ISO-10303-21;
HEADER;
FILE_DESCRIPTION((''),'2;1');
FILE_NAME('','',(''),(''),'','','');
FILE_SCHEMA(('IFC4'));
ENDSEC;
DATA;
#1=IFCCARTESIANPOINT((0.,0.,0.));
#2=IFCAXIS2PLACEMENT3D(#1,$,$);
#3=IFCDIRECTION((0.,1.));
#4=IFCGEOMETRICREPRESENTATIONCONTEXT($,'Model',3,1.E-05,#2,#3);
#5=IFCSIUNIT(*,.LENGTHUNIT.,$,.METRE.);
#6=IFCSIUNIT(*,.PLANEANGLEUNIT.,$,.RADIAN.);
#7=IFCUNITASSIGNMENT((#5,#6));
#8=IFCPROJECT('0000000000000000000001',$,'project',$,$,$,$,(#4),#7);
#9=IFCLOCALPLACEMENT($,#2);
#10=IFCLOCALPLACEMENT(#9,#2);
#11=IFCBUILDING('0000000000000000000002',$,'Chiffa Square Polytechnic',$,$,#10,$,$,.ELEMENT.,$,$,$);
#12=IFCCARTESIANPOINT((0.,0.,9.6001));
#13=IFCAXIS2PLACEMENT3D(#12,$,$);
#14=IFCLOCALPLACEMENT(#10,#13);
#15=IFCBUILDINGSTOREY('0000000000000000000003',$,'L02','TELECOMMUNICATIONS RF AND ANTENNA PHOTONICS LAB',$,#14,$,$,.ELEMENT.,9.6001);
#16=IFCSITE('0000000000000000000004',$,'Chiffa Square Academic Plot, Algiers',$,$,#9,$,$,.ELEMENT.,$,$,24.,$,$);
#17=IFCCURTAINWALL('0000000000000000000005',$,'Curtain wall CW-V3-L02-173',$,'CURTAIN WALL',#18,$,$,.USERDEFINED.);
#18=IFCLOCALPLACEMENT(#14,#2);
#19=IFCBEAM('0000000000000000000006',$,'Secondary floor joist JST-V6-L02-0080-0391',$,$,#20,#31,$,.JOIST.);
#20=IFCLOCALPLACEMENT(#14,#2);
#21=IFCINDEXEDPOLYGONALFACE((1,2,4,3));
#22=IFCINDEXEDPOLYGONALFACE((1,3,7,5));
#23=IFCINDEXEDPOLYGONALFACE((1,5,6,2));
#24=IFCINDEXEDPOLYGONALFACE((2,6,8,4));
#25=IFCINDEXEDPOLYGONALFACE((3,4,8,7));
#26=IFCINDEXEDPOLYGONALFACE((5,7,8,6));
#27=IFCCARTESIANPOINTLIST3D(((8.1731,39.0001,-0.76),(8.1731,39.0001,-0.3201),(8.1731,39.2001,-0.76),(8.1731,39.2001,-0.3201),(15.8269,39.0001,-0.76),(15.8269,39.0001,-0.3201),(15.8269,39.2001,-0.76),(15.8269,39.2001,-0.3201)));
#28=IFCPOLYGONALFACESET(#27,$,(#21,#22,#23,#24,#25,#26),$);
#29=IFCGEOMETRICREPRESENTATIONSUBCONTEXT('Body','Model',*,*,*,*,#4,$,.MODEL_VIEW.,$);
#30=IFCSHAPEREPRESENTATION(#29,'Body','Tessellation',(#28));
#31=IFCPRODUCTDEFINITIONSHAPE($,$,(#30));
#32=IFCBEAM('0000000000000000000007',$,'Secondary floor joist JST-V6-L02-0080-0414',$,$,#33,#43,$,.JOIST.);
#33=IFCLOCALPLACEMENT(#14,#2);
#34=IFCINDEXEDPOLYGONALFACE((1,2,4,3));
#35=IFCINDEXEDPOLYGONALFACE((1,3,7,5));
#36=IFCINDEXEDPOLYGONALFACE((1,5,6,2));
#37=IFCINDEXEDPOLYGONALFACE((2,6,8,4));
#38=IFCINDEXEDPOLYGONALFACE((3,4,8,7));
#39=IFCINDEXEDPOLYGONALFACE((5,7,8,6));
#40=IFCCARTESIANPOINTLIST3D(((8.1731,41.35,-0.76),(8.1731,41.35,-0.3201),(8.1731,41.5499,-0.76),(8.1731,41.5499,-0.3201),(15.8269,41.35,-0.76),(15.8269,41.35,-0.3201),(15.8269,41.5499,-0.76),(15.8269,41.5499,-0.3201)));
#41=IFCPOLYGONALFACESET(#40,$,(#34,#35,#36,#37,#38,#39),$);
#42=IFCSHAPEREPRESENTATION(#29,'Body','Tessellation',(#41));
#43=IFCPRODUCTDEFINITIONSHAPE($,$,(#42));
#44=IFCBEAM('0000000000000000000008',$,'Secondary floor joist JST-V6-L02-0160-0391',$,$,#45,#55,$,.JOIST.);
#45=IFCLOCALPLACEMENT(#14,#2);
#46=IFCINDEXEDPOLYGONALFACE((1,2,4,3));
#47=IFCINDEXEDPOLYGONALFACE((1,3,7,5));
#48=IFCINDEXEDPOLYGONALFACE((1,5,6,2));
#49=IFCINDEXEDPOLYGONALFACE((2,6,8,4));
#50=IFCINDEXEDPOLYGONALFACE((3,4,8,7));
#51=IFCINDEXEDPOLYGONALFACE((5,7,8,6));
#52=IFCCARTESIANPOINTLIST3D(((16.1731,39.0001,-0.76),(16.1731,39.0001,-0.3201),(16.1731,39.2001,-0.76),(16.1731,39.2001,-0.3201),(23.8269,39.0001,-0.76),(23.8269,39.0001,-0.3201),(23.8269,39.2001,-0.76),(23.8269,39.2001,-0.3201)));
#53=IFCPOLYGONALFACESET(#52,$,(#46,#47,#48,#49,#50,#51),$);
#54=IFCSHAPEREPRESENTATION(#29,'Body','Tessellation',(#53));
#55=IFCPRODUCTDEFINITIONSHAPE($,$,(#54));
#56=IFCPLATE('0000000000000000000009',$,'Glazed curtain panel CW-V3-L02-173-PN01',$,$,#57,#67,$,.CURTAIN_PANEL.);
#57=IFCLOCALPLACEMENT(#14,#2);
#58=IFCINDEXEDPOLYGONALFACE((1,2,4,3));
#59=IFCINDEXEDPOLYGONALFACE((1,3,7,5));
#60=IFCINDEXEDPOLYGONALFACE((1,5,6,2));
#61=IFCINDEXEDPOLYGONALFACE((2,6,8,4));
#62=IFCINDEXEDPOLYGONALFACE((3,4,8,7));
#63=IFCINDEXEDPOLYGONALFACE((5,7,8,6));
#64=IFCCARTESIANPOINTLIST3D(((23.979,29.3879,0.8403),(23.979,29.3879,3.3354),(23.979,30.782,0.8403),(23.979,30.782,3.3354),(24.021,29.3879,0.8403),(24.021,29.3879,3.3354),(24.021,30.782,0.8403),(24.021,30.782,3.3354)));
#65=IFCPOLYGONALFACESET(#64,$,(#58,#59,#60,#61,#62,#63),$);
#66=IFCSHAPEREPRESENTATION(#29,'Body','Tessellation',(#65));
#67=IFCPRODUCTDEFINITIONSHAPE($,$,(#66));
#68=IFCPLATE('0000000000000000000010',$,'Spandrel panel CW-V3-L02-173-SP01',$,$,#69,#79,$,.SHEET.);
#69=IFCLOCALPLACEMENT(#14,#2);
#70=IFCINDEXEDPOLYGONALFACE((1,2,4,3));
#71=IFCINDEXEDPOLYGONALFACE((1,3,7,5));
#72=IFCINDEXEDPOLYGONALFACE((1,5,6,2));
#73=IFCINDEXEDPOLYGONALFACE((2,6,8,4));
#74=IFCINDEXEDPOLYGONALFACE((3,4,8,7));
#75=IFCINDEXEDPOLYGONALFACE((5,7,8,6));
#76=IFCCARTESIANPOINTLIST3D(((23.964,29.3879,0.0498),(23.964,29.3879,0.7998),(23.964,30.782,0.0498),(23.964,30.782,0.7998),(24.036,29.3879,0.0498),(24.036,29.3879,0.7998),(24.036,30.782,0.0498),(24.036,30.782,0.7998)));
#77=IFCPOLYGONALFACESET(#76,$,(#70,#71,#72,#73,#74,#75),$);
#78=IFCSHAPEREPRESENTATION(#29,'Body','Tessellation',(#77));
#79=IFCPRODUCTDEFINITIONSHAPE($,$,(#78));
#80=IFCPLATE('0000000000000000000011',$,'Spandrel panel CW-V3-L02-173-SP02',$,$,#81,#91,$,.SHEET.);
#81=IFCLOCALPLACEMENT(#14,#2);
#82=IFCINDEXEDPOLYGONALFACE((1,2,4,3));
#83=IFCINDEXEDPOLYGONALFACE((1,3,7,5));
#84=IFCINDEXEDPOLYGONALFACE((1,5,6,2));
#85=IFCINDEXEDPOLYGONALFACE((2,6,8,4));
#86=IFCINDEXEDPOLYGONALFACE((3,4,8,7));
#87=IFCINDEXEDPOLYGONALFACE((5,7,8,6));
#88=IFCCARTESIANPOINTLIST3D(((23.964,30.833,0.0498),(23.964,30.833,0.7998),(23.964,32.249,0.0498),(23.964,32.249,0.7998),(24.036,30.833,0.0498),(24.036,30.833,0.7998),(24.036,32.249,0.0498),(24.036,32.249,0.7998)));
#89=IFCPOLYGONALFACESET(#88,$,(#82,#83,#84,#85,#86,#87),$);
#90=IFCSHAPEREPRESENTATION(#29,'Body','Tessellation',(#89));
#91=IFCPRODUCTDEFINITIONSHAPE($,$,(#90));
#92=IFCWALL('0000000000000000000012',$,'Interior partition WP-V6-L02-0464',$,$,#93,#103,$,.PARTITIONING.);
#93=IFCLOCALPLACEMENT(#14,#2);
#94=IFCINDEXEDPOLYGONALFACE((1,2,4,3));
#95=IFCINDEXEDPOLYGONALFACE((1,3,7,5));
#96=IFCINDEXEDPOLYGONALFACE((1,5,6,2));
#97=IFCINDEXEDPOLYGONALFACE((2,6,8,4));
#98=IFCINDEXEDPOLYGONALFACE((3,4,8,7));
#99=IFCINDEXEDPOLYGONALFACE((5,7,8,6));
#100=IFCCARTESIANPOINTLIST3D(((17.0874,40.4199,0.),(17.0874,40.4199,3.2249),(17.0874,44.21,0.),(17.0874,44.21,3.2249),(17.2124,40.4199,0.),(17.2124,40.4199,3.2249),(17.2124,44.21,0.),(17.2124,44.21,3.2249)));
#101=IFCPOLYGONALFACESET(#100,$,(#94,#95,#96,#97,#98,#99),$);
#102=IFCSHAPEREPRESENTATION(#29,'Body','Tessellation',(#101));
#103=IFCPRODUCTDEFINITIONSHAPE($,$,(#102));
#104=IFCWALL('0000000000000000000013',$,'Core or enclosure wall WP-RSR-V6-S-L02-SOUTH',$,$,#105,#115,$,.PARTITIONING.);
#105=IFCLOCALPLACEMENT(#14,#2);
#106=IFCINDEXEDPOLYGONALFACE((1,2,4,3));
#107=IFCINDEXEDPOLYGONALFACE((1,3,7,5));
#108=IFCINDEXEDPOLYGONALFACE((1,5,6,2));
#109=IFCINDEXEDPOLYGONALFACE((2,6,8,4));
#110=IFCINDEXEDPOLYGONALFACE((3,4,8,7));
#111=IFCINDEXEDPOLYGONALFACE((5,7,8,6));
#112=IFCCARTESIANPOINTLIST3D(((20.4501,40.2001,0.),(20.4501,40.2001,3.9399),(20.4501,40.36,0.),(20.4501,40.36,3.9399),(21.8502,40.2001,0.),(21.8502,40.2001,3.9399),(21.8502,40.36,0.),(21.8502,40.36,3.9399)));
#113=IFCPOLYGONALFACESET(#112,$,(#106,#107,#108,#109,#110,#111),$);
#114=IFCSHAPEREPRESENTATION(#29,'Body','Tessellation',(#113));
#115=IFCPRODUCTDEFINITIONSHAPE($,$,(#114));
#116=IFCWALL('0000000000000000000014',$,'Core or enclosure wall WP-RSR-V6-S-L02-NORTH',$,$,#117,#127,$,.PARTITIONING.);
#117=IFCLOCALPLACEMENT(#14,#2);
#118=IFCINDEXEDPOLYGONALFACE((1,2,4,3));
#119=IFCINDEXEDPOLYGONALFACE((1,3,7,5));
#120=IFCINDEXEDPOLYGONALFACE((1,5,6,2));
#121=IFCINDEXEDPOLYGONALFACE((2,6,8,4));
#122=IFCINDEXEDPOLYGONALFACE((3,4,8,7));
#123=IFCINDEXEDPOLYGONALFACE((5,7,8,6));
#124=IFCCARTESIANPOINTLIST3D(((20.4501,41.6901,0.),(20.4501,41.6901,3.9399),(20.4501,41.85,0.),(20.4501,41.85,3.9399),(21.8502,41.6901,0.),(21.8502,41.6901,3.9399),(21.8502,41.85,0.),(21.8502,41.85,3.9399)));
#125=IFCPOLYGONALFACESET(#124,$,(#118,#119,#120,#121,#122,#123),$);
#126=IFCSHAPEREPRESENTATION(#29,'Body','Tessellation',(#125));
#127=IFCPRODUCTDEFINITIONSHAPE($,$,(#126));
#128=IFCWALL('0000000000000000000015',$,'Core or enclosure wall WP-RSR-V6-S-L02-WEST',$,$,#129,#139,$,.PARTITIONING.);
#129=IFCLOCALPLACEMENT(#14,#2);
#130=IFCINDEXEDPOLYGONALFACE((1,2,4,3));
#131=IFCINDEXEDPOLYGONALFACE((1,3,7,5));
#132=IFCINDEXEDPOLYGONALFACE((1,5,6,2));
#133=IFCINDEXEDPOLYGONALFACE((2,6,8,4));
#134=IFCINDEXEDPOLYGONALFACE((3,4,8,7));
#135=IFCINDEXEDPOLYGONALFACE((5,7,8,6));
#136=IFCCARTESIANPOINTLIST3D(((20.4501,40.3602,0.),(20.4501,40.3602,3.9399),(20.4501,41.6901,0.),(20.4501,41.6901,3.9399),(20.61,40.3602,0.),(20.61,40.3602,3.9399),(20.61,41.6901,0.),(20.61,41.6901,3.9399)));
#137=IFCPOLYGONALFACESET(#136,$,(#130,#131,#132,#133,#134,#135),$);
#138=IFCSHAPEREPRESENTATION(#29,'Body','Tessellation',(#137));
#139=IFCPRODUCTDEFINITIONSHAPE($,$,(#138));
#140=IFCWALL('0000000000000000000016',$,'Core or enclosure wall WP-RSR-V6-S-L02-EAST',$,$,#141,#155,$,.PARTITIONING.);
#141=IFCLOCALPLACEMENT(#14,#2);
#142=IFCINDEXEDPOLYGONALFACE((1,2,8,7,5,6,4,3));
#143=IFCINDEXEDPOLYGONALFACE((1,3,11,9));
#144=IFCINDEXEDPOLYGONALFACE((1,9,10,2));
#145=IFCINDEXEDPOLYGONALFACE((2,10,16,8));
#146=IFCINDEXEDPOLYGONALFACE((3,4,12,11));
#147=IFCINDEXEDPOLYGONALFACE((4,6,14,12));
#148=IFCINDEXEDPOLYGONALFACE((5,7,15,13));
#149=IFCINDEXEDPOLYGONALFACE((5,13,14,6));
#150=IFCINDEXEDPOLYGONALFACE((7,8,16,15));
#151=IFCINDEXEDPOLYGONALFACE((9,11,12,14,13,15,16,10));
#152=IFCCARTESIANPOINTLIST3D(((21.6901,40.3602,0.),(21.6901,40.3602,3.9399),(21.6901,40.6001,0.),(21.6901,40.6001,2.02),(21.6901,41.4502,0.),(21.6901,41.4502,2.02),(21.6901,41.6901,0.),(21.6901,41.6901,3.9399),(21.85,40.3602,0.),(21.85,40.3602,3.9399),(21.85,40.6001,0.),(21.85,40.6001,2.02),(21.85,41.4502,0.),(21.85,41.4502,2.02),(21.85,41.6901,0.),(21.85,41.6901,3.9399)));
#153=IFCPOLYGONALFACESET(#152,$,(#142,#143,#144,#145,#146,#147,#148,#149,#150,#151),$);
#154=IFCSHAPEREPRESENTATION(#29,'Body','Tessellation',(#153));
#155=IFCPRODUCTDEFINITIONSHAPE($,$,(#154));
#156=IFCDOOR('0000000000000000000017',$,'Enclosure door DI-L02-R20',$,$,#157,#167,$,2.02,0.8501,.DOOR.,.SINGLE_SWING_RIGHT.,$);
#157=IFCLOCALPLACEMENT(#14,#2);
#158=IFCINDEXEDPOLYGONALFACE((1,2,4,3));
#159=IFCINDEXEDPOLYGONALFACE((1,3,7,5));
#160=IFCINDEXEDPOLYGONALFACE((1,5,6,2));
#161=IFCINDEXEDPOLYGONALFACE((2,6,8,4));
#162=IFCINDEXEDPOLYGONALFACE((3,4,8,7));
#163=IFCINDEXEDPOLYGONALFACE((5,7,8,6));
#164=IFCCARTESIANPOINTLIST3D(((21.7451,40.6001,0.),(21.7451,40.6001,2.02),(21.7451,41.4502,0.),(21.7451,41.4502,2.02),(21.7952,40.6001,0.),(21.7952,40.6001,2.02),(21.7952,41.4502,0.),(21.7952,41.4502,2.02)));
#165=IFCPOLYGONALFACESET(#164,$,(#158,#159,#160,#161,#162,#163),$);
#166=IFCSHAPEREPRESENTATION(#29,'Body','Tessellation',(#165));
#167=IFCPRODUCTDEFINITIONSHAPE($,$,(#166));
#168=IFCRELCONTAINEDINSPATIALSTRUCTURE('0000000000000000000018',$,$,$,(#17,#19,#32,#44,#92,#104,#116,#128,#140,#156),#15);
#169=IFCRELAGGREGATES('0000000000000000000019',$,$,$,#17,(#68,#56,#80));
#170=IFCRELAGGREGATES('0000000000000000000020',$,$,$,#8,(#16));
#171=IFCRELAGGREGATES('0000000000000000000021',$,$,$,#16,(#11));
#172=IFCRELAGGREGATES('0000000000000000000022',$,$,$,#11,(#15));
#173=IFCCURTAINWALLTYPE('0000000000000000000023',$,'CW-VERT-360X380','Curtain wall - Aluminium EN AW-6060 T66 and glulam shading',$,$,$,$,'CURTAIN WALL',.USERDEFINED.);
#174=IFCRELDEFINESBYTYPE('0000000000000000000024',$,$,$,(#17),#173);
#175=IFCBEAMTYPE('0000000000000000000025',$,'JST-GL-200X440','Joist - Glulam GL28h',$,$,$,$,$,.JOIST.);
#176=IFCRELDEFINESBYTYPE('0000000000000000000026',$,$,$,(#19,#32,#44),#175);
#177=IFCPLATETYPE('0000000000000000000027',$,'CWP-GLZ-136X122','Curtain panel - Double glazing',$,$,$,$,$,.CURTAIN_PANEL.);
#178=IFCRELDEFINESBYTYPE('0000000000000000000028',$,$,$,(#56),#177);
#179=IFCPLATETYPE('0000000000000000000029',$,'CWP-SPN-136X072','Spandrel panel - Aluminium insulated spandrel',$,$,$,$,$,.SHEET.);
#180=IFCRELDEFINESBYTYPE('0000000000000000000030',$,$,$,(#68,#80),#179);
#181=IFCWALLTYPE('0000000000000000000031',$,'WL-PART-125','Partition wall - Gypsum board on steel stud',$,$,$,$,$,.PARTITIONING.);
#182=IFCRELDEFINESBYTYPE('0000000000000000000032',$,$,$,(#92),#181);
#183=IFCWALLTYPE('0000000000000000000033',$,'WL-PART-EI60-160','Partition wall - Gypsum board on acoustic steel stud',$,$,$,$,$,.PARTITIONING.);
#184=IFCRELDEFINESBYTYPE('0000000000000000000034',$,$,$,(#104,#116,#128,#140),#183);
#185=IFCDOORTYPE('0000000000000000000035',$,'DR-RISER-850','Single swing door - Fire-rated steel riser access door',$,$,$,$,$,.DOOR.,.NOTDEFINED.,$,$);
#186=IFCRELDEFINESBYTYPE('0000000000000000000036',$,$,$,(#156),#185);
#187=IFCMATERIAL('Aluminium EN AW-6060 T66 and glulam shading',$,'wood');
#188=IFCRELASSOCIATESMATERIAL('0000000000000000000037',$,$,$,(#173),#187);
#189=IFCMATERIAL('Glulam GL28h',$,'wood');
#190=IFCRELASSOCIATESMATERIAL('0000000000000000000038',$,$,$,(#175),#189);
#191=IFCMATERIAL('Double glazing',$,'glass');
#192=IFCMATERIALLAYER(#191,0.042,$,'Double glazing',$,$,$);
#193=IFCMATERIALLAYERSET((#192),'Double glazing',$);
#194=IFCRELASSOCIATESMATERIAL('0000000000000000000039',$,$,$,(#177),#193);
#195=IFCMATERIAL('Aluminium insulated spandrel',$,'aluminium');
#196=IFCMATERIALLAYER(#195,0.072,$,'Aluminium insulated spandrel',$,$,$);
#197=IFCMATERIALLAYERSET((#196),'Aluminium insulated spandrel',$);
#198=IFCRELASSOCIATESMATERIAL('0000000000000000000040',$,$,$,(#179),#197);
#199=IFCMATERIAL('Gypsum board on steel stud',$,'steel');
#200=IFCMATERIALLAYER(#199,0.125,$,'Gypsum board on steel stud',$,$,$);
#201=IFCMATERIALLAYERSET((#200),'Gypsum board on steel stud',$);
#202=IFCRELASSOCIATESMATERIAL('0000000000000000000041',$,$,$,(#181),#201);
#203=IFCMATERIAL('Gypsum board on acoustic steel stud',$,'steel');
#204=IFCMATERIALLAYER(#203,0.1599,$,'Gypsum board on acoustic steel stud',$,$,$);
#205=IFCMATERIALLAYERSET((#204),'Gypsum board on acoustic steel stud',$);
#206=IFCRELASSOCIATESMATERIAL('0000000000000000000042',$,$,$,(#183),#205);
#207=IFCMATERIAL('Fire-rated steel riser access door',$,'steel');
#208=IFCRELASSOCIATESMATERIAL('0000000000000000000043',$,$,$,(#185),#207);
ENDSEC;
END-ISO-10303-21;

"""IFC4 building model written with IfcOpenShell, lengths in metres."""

from ifc_helpers import new_model, si_unit, direction, frame, frame_2d, origin, origin_2d, place, context, subcontext, project, spatial, rectangle, extrude, material, layer, layer_set, material_profile, profile_set, type_object, element, fill, aggregate, save


model = new_model("IFC4")

# Units and contexts
model_context = context("Model", 3, precision=1e-05, world=origin(), true_north=direction((0.0, 1.0)))
body_context = subcontext(model_context, "Body", "Model", "MODEL_VIEW")
ifc_project = project(units=[si_unit("LENGTHUNIT", "METRE"), si_unit("PLANEANGLEUNIT", "RADIAN")], contexts=[model_context])

# Site, building, storey
site_placement = place(None, origin())
site = spatial("IfcSite", under=ifc_project, at=site_placement, Name="Chiffa Square Academic Plot, Algiers", CompositionType="ELEMENT", RefElevation=24.0)
building_placement = place(site_placement, origin())
building = spatial("IfcBuilding", under=site, at=building_placement, Name="Chiffa Square Polytechnic", CompositionType="ELEMENT")
storey_placement = place(building_placement, frame((0.0, 0.0, 9.6001)))
storey = spatial("IfcBuildingStorey", under=building, at=storey_placement, Name="L02", Description="TELECOMMUNICATIONS RF AND ANTENNA PHOTONICS LAB", CompositionType="ELEMENT", Elevation=9.6001)

# Curtain wall
ifc_material_1 = material(Name="Aluminium EN AW-6060 T66 and glulam shading", Category="wood")
curtain_wall_type = type_object("IfcCurtainWallType", Name="CW-VERT-360X380", Description="Curtain wall - Aluminium EN AW-6060 T66 and glulam shading", ElementType="CURTAIN WALL", PredefinedType="USERDEFINED", material=ifc_material_1)
curtain_wall_placement = place(storey_placement, origin())
curtain_wall = element("IfcCurtainWall", 1, at=curtain_wall_placement, inside=storey, type_object=curtain_wall_type, Name="Curtain wall CW-V3-L02-173", ObjectType="CURTAIN WALL", PredefinedType="USERDEFINED")

# Beams
ifc_material_2 = material(Name="Glulam GL28h", Category="wood")
ifc_material_profile_1 = material_profile(ifc_material_2, rectangle(XDim=0.2, YDim=0.4399, at=origin_2d()), Name="GL28h 200x440")
ifc_profile_set_1 = profile_set([ifc_material_profile_1], Name="Glulam GL28h")
beam_type_1 = type_object("IfcBeamType", Name="JST-GL-200X440", Description="Joist - Glulam GL28h", PredefinedType="JOIST", material=ifc_profile_set_1)
for number, where, z_axis, x_axis, name in (
    (2, (8.1731, 39.1001, -0.54), (1.0, 0.0, 0.0), (0.0, 1.0, 0.0), "Secondary floor joist JST-V6-L02-0080-0391"),
    (3, (8.1731, 41.45, -0.54), (1.0, 0.0, 0.0), (0.0, 1.0, 0.0), "Secondary floor joist JST-V6-L02-0080-0414"),
    (4, (16.1731, 39.1001, -0.54), (1.0, 0.0, 0.0), (0.0, 1.0, 0.0), "Secondary floor joist JST-V6-L02-0160-0391"),
):
    element("IfcBeam", number, at=place(storey_placement, frame(where, z_axis=z_axis, x_axis=x_axis)), inside=storey, type_object=beam_type_1, Name=name, PredefinedType="JOIST", context=body_context, shape_type="SweptSolid", body=[
        extrude(rectangle(XDim=0.2, YDim=0.4399, at=origin_2d()), origin(), (0.0, 0.0, 1.0), 7.6538),
    ])

# Plates
ifc_material_3 = material(Name="Double glazing", Category="glass")
ifc_layer_1 = layer(ifc_material_3, 0.042, Name="Double glazing")
ifc_layer_set_1 = layer_set([ifc_layer_1], Name="Double glazing")
plate_type_1 = type_object("IfcPlateType", Name="CWP-GLZ-136X122", Description="Curtain panel - Double glazing", PredefinedType="CURTAIN_PANEL", material=ifc_layer_set_1)
plate_1_placement = place(storey_placement, frame((24.0, 30.085, 0.8403), z_axis=(0.0, 0.0, 1.0), x_axis=(0.0, 1.0, 0.0)))
plate_1 = element("IfcPlate", 5, at=plate_1_placement, type_object=plate_type_1, Name="Glazed curtain panel CW-V3-L02-173-PN01", PredefinedType="CURTAIN_PANEL", context=body_context, shape_type="SweptSolid", body=[
    extrude(rectangle(XDim=1.394, YDim=0.042, at=origin_2d()), origin(), (0.0, 0.0, 1.0), 2.4951),
])
ifc_material_4 = material(Name="Aluminium insulated spandrel", Category="aluminium")
ifc_layer_2 = layer(ifc_material_4, 0.072, Name="Aluminium insulated spandrel")
ifc_layer_set_2 = layer_set([ifc_layer_2], Name="Aluminium insulated spandrel")
plate_type_2 = type_object("IfcPlateType", Name="CWP-SPN-136X072", Description="Spandrel panel - Aluminium insulated spandrel", PredefinedType="SHEET", material=ifc_layer_set_2)
plate_2_placement = place(storey_placement, frame((24.0, 30.085, 0.0498), z_axis=(0.0, 0.0, 1.0), x_axis=(0.0, 1.0, 0.0)))
plate_2 = element("IfcPlate", 6, at=plate_2_placement, type_object=plate_type_2, Name="Spandrel panel CW-V3-L02-173-SP01", PredefinedType="SHEET", context=body_context, shape_type="SweptSolid", body=[
    extrude(rectangle(XDim=1.394, YDim=0.072, at=origin_2d()), origin(), (0.0, 0.0, 1.0), 0.75),
])
plate_3_placement = place(storey_placement, frame((24.0, 31.541, 0.0498), z_axis=(0.0, 0.0, 1.0), x_axis=(0.0, 1.0, 0.0)))
plate_3 = element("IfcPlate", 7, at=plate_3_placement, type_object=plate_type_2, Name="Spandrel panel CW-V3-L02-173-SP02", PredefinedType="SHEET", context=body_context, shape_type="SweptSolid", body=[
    extrude(rectangle(XDim=1.416, YDim=0.072, at=origin_2d()), origin(), (0.0, 0.0, 1.0), 0.75),
])
aggregate(curtain_wall, [plate_2, plate_1, plate_3])

# Walls
ifc_material_5 = material(Name="Gypsum board on steel stud", Category="steel")
ifc_layer_3 = layer(ifc_material_5, 0.125, Name="Gypsum board on steel stud")
ifc_layer_set_3 = layer_set([ifc_layer_3], Name="Gypsum board on steel stud")
wall_type_1 = type_object("IfcWallType", Name="WL-PART-125", Description="Partition wall - Gypsum board on steel stud", PredefinedType="PARTITIONING", material=ifc_layer_set_3)
wall_1_placement = place(storey_placement, frame((17.1499, 40.4199, 0.0), z_axis=(0.0, 0.0, 1.0), x_axis=(0.0, 1.0, 0.0)))
element("IfcWall", 8, at=wall_1_placement, inside=storey, type_object=wall_type_1, Name="Interior partition WP-V6-L02-0464", PredefinedType="PARTITIONING", context=body_context, shape_type="SweptSolid", body=[
    extrude(rectangle(XDim=3.79, YDim=0.125, at=frame_2d((1.895, 0.0))), origin(), (0.0, 0.0, 1.0), 3.2249),
])
ifc_material_6 = material(Name="Gypsum board on acoustic steel stud", Category="steel")
ifc_layer_4 = layer(ifc_material_6, 0.1599, Name="Gypsum board on acoustic steel stud")
ifc_layer_set_4 = layer_set([ifc_layer_4], Name="Gypsum board on acoustic steel stud")
wall_type_2 = type_object("IfcWallType", Name="WL-PART-EI60-160", Description="Partition wall - Gypsum board on acoustic steel stud", PredefinedType="PARTITIONING", material=ifc_layer_set_4)
for number, where, z_axis, x_axis, name in (
    (9, (20.45, 40.28, 0.0), (0.0, 0.0, 1.0), (1.0, 0.0, 0.0), "Core or enclosure wall WP-RSR-V6-S-L02-SOUTH"),
    (10, (20.45, 41.77, 0.0), (0.0, 0.0, 1.0), (1.0, 0.0, 0.0), "Core or enclosure wall WP-RSR-V6-S-L02-NORTH"),
):
    element("IfcWall", number, at=place(storey_placement, frame(where, z_axis=z_axis, x_axis=x_axis)), inside=storey, type_object=wall_type_2, Name=name, PredefinedType="PARTITIONING", context=body_context, shape_type="SweptSolid", body=[
        extrude(rectangle(XDim=1.4001, YDim=0.1599, at=frame_2d((0.7002, 0.0))), origin(), (0.0, 0.0, 1.0), 3.9399),
    ])
wall_2_placement = place(storey_placement, frame((20.53, 40.3601, 0.0), z_axis=(0.0, 0.0, 1.0), x_axis=(0.0, 1.0, 0.0)))
element("IfcWall", 11, at=wall_2_placement, inside=storey, type_object=wall_type_2, Name="Core or enclosure wall WP-RSR-V6-S-L02-WEST", PredefinedType="PARTITIONING", context=body_context, shape_type="SweptSolid", body=[
    extrude(rectangle(XDim=1.3298, YDim=0.1599, at=frame_2d((0.665, 0.0))), origin(), (0.0, 0.0, 1.0), 3.9399),
])

# Wall, opening, door
wall_3_placement = place(storey_placement, frame((21.77, 40.3601, 0.0), z_axis=(0.0, 0.0, 1.0), x_axis=(0.0, 1.0, 0.0)))
wall_3 = element("IfcWall", 12, at=wall_3_placement, inside=storey, type_object=wall_type_2, Name="Core or enclosure wall WP-RSR-V6-S-L02-EAST", PredefinedType="PARTITIONING", context=body_context, shape_type="SweptSolid", body=[
    extrude(rectangle(XDim=1.3298, YDim=0.1599, at=frame_2d((0.665, 0.0))), origin(), (0.0, 0.0, 1.0), 3.9399),
])
opening_1_placement = place(wall_3_placement, frame((0.24, 0.0, 0.0)))
opening_1 = element("IfcOpeningElement", 13, at=opening_1_placement, cuts=wall_3, PredefinedType="OPENING", context=body_context, shape_type="SweptSolid", body=[
    extrude(rectangle(XDim=0.8501, YDim=2.02, at=frame_2d((0.425, 1.01))), frame((0.0, 0.0898, 0.0), z_axis=(0.0, -1.0, 0.0), x_axis=(1.0, 0.0, 0.0)), (0.0, 0.0, 1.0), 0.1799),
])
ifc_material_7 = material(Name="Fire-rated steel riser access door", Category="steel")
door_type_1 = type_object("IfcDoorType", Name="DR-RISER-850", Description="Single swing door - Fire-rated steel riser access door", OperationType="NOTDEFINED", PredefinedType="DOOR", material=ifc_material_7)
door_1_placement = place(opening_1_placement, origin())
door_1 = element("IfcDoor", 14, at=door_1_placement, inside=storey, type_object=door_type_1, Name="Enclosure door DI-L02-R20", OperationType="SINGLE_SWING_RIGHT", OverallHeight=2.02, OverallWidth=0.8501, PredefinedType="DOOR", context=body_context, shape_type="SweptSolid", body=[
    extrude(rectangle(XDim=0.8501, YDim=2.02, at=frame_2d((0.425, 1.01))), frame((0.0, 0.0249, 0.0), z_axis=(0.0, -1.0, 0.0), x_axis=(1.0, 0.0, 0.0)), (0.0, 0.0, 1.0), 0.05),
])
fill(opening_1, door_1)

save(model, "model.ifc")
